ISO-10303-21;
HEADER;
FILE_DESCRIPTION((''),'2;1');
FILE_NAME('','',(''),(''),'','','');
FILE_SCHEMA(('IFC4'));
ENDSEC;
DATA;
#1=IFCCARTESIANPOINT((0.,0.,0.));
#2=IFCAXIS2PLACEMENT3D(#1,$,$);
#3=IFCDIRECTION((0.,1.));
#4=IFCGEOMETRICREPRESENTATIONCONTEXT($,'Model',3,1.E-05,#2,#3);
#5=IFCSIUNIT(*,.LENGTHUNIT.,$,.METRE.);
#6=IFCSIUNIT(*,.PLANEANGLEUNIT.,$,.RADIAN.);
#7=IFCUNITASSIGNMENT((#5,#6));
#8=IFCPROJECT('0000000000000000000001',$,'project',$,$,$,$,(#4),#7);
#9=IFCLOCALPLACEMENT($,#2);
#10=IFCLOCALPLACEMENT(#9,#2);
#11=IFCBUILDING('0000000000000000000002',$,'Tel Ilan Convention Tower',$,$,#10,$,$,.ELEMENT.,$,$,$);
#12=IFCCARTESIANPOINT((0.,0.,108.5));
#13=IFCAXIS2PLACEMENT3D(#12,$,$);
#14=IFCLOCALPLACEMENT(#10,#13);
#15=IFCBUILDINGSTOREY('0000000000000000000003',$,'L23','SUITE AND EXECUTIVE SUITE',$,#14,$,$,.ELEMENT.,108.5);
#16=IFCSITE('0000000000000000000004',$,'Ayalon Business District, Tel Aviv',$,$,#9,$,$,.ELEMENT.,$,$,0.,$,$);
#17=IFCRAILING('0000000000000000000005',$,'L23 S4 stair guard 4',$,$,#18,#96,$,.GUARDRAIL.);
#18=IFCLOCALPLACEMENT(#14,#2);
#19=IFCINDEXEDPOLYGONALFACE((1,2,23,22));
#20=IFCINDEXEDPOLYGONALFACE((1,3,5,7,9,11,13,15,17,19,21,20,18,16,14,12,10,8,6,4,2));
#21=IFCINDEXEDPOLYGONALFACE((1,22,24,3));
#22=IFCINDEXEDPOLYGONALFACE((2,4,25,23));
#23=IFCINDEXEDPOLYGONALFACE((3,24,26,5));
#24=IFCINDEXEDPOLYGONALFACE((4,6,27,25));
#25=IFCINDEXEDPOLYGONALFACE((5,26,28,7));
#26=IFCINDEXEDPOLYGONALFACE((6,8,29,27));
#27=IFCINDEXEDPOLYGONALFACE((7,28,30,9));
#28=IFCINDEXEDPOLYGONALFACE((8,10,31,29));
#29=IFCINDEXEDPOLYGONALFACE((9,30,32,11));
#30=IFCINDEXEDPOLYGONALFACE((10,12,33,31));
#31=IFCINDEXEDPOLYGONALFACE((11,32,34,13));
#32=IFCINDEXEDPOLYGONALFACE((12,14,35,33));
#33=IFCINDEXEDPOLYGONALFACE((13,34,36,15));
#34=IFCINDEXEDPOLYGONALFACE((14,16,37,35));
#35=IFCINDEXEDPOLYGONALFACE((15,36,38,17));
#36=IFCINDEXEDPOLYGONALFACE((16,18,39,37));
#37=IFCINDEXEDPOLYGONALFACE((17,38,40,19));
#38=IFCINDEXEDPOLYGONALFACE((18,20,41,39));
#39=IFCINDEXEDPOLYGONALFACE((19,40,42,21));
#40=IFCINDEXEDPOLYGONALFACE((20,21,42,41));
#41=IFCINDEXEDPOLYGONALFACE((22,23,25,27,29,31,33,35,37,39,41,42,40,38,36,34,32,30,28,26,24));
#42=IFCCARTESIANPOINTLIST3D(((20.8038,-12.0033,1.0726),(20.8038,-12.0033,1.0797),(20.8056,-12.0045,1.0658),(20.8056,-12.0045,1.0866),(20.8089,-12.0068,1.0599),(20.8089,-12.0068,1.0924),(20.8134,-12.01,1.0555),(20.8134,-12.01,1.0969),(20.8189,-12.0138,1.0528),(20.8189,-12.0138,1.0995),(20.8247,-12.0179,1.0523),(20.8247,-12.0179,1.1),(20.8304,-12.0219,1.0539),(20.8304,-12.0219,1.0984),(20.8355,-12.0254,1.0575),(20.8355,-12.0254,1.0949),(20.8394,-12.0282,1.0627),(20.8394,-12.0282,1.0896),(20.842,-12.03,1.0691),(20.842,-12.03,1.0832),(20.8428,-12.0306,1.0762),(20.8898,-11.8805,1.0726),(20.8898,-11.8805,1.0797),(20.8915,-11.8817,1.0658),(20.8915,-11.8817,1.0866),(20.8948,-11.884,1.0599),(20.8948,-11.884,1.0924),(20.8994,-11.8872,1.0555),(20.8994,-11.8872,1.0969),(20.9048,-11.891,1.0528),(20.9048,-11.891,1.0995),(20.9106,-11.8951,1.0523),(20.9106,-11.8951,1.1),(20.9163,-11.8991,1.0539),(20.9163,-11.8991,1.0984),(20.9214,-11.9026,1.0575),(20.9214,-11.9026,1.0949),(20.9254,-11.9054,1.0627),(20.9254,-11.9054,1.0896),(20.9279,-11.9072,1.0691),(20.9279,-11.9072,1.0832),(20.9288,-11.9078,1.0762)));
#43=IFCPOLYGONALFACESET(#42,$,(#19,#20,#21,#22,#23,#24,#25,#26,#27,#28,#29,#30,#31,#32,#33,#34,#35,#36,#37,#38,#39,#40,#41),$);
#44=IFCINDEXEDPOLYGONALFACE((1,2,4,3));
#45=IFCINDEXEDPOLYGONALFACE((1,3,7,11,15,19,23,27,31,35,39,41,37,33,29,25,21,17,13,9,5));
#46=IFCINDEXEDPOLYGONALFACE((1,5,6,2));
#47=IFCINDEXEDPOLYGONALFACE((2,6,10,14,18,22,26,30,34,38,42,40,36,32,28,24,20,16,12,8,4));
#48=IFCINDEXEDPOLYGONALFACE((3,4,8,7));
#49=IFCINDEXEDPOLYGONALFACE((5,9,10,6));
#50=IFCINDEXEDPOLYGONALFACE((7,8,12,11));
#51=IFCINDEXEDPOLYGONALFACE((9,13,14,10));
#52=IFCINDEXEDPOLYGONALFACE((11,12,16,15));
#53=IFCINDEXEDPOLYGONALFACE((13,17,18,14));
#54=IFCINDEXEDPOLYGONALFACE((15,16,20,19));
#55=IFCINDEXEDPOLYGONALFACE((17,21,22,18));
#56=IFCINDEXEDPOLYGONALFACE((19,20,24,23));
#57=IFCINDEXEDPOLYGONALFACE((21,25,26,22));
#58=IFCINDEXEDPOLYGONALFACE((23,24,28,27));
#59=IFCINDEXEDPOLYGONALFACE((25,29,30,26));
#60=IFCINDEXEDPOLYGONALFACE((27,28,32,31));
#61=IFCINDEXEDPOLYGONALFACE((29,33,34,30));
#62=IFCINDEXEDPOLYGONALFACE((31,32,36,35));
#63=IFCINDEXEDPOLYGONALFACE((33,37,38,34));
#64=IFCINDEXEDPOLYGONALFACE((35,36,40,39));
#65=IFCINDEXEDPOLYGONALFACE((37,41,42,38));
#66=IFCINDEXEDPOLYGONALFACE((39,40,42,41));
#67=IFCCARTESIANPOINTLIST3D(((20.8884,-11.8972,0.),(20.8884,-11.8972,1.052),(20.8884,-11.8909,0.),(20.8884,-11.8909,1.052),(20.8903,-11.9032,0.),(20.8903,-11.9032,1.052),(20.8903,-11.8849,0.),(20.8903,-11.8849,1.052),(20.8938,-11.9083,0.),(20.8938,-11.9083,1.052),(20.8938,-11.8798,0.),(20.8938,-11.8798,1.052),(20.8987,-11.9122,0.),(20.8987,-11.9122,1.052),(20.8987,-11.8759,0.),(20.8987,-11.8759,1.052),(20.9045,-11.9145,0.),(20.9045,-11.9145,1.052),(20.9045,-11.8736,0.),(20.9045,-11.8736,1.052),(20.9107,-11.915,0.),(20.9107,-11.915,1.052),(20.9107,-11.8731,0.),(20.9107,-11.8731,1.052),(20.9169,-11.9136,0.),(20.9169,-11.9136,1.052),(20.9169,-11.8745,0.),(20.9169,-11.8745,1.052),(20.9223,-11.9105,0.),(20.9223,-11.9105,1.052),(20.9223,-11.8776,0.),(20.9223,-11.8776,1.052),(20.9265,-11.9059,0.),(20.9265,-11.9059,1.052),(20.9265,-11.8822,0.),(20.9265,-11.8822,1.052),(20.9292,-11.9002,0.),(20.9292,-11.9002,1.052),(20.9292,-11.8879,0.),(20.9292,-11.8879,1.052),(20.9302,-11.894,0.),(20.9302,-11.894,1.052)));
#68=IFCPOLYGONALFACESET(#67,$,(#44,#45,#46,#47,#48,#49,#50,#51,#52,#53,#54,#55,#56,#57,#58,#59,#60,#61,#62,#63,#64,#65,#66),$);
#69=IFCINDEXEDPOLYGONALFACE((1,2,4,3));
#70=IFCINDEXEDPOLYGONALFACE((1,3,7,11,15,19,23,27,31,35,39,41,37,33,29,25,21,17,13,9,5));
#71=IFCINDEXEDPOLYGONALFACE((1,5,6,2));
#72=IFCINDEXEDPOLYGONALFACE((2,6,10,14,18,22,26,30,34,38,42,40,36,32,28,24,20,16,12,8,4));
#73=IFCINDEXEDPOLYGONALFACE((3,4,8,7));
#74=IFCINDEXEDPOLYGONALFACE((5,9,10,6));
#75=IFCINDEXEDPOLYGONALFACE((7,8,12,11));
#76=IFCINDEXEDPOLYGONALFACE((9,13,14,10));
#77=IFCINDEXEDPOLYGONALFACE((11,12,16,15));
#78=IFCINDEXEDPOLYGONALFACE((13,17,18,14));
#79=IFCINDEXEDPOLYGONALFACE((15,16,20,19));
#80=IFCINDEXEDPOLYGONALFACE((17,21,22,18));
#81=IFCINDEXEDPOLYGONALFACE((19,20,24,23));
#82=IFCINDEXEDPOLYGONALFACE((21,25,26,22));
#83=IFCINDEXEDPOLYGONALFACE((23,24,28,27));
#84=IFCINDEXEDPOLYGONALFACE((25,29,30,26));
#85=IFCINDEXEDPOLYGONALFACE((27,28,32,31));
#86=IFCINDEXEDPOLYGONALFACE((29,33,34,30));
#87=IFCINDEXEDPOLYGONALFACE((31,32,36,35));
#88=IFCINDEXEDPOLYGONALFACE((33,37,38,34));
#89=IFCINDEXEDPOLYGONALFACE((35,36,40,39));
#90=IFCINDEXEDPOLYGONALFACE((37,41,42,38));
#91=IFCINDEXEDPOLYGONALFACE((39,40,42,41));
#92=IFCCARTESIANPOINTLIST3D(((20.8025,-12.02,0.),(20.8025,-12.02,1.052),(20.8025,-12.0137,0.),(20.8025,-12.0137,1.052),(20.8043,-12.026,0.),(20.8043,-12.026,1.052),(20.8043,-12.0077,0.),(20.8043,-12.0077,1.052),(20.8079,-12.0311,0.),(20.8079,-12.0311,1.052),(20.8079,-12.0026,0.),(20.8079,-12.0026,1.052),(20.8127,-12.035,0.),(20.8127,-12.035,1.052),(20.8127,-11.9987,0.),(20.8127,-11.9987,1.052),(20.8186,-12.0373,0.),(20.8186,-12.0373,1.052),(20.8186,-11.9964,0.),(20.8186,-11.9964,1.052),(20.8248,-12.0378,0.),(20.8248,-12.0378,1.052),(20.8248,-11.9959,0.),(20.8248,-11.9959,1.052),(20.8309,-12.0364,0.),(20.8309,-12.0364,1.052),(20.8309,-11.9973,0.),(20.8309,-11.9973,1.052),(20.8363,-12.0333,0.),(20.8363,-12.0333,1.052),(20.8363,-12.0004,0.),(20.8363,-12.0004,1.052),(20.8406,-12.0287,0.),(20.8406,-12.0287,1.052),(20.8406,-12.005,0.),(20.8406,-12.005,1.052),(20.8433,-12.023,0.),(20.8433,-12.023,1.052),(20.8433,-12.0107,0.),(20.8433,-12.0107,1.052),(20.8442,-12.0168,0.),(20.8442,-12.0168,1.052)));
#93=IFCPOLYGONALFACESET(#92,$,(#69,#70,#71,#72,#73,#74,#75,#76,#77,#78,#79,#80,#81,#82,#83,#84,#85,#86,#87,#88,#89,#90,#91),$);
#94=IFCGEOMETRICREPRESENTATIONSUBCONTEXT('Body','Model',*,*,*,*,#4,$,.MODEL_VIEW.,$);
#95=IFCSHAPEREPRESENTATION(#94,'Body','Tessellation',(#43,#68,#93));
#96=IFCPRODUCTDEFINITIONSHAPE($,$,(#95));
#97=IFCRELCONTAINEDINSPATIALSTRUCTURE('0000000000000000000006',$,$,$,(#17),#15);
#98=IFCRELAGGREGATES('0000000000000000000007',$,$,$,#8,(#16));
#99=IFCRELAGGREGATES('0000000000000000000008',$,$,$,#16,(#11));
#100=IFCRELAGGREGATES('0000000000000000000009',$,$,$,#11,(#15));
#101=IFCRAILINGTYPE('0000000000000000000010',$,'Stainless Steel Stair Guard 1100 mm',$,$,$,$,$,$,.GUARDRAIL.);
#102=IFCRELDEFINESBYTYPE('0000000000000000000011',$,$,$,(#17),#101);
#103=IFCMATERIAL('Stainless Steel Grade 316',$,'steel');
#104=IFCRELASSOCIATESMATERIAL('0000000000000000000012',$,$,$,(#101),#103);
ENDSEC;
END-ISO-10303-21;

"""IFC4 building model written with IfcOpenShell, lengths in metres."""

from ifc_helpers import new_model, si_unit, direction, frame, origin, origin_2d, place, context, subcontext, project, spatial, circle, extrude, material, type_object, element, save


model = new_model("IFC4")

# Units and contexts
model_context = context("Model", 3, precision=1e-05, world=origin(), true_north=direction((0.0, 1.0)))
body_context = subcontext(model_context, "Body", "Model", "MODEL_VIEW")
ifc_project = project(units=[si_unit("LENGTHUNIT", "METRE"), si_unit("PLANEANGLEUNIT", "RADIAN")], contexts=[model_context])

# Site, building, storey
site_placement = place(None, origin())
site = spatial("IfcSite", under=ifc_project, at=site_placement, Name="Ayalon Business District, Tel Aviv", CompositionType="ELEMENT", RefElevation=0.0)
building_placement = place(site_placement, origin())
building = spatial("IfcBuilding", under=site, at=building_placement, Name="Tel Ilan Convention Tower", CompositionType="ELEMENT")
storey_placement = place(building_placement, frame((0.0, 0.0, 108.5)))
storey = spatial("IfcBuildingStorey", under=building, at=storey_placement, Name="L23", Description="SUITE AND EXECUTIVE SUITE", CompositionType="ELEMENT", Elevation=108.5)

# Railing
ifc_material_1 = material(Name="Stainless Steel Grade 316", Category="steel")
railing_type_1 = type_object("IfcRailingType", Name="Stainless Steel Stair Guard 1100 mm", PredefinedType="GUARDRAIL", material=ifc_material_1)
railing_1_placement = place(storey_placement, frame((20.9092, -11.894, 0.0)))
element("IfcRailing", 1, at=railing_1_placement, inside=storey, type_object=railing_type_1, Name="L23 S4 stair guard 4", PredefinedType="GUARDRAIL", context=body_context, shape_type="SweptSolid", body=[
    extrude(circle(Radius=0.0239, at=origin_2d()), frame((0.0, 0.0, 1.0762), z_axis=(-0.573353, -0.819308, 0.0), x_axis=(0.819308, -0.573353, 0.0)), (0.0, 0.0, 1.0), 0.1499),
    extrude(circle(Radius=0.021, at=origin_2d()), origin(), (0.0, 0.0, 1.0), 1.052),
    extrude(circle(Radius=0.021, at=origin_2d()), frame((-0.0859, -0.1228, 0.0)), (0.0, 0.0, 1.0), 1.052),
])

save(model, "model.ifc")
